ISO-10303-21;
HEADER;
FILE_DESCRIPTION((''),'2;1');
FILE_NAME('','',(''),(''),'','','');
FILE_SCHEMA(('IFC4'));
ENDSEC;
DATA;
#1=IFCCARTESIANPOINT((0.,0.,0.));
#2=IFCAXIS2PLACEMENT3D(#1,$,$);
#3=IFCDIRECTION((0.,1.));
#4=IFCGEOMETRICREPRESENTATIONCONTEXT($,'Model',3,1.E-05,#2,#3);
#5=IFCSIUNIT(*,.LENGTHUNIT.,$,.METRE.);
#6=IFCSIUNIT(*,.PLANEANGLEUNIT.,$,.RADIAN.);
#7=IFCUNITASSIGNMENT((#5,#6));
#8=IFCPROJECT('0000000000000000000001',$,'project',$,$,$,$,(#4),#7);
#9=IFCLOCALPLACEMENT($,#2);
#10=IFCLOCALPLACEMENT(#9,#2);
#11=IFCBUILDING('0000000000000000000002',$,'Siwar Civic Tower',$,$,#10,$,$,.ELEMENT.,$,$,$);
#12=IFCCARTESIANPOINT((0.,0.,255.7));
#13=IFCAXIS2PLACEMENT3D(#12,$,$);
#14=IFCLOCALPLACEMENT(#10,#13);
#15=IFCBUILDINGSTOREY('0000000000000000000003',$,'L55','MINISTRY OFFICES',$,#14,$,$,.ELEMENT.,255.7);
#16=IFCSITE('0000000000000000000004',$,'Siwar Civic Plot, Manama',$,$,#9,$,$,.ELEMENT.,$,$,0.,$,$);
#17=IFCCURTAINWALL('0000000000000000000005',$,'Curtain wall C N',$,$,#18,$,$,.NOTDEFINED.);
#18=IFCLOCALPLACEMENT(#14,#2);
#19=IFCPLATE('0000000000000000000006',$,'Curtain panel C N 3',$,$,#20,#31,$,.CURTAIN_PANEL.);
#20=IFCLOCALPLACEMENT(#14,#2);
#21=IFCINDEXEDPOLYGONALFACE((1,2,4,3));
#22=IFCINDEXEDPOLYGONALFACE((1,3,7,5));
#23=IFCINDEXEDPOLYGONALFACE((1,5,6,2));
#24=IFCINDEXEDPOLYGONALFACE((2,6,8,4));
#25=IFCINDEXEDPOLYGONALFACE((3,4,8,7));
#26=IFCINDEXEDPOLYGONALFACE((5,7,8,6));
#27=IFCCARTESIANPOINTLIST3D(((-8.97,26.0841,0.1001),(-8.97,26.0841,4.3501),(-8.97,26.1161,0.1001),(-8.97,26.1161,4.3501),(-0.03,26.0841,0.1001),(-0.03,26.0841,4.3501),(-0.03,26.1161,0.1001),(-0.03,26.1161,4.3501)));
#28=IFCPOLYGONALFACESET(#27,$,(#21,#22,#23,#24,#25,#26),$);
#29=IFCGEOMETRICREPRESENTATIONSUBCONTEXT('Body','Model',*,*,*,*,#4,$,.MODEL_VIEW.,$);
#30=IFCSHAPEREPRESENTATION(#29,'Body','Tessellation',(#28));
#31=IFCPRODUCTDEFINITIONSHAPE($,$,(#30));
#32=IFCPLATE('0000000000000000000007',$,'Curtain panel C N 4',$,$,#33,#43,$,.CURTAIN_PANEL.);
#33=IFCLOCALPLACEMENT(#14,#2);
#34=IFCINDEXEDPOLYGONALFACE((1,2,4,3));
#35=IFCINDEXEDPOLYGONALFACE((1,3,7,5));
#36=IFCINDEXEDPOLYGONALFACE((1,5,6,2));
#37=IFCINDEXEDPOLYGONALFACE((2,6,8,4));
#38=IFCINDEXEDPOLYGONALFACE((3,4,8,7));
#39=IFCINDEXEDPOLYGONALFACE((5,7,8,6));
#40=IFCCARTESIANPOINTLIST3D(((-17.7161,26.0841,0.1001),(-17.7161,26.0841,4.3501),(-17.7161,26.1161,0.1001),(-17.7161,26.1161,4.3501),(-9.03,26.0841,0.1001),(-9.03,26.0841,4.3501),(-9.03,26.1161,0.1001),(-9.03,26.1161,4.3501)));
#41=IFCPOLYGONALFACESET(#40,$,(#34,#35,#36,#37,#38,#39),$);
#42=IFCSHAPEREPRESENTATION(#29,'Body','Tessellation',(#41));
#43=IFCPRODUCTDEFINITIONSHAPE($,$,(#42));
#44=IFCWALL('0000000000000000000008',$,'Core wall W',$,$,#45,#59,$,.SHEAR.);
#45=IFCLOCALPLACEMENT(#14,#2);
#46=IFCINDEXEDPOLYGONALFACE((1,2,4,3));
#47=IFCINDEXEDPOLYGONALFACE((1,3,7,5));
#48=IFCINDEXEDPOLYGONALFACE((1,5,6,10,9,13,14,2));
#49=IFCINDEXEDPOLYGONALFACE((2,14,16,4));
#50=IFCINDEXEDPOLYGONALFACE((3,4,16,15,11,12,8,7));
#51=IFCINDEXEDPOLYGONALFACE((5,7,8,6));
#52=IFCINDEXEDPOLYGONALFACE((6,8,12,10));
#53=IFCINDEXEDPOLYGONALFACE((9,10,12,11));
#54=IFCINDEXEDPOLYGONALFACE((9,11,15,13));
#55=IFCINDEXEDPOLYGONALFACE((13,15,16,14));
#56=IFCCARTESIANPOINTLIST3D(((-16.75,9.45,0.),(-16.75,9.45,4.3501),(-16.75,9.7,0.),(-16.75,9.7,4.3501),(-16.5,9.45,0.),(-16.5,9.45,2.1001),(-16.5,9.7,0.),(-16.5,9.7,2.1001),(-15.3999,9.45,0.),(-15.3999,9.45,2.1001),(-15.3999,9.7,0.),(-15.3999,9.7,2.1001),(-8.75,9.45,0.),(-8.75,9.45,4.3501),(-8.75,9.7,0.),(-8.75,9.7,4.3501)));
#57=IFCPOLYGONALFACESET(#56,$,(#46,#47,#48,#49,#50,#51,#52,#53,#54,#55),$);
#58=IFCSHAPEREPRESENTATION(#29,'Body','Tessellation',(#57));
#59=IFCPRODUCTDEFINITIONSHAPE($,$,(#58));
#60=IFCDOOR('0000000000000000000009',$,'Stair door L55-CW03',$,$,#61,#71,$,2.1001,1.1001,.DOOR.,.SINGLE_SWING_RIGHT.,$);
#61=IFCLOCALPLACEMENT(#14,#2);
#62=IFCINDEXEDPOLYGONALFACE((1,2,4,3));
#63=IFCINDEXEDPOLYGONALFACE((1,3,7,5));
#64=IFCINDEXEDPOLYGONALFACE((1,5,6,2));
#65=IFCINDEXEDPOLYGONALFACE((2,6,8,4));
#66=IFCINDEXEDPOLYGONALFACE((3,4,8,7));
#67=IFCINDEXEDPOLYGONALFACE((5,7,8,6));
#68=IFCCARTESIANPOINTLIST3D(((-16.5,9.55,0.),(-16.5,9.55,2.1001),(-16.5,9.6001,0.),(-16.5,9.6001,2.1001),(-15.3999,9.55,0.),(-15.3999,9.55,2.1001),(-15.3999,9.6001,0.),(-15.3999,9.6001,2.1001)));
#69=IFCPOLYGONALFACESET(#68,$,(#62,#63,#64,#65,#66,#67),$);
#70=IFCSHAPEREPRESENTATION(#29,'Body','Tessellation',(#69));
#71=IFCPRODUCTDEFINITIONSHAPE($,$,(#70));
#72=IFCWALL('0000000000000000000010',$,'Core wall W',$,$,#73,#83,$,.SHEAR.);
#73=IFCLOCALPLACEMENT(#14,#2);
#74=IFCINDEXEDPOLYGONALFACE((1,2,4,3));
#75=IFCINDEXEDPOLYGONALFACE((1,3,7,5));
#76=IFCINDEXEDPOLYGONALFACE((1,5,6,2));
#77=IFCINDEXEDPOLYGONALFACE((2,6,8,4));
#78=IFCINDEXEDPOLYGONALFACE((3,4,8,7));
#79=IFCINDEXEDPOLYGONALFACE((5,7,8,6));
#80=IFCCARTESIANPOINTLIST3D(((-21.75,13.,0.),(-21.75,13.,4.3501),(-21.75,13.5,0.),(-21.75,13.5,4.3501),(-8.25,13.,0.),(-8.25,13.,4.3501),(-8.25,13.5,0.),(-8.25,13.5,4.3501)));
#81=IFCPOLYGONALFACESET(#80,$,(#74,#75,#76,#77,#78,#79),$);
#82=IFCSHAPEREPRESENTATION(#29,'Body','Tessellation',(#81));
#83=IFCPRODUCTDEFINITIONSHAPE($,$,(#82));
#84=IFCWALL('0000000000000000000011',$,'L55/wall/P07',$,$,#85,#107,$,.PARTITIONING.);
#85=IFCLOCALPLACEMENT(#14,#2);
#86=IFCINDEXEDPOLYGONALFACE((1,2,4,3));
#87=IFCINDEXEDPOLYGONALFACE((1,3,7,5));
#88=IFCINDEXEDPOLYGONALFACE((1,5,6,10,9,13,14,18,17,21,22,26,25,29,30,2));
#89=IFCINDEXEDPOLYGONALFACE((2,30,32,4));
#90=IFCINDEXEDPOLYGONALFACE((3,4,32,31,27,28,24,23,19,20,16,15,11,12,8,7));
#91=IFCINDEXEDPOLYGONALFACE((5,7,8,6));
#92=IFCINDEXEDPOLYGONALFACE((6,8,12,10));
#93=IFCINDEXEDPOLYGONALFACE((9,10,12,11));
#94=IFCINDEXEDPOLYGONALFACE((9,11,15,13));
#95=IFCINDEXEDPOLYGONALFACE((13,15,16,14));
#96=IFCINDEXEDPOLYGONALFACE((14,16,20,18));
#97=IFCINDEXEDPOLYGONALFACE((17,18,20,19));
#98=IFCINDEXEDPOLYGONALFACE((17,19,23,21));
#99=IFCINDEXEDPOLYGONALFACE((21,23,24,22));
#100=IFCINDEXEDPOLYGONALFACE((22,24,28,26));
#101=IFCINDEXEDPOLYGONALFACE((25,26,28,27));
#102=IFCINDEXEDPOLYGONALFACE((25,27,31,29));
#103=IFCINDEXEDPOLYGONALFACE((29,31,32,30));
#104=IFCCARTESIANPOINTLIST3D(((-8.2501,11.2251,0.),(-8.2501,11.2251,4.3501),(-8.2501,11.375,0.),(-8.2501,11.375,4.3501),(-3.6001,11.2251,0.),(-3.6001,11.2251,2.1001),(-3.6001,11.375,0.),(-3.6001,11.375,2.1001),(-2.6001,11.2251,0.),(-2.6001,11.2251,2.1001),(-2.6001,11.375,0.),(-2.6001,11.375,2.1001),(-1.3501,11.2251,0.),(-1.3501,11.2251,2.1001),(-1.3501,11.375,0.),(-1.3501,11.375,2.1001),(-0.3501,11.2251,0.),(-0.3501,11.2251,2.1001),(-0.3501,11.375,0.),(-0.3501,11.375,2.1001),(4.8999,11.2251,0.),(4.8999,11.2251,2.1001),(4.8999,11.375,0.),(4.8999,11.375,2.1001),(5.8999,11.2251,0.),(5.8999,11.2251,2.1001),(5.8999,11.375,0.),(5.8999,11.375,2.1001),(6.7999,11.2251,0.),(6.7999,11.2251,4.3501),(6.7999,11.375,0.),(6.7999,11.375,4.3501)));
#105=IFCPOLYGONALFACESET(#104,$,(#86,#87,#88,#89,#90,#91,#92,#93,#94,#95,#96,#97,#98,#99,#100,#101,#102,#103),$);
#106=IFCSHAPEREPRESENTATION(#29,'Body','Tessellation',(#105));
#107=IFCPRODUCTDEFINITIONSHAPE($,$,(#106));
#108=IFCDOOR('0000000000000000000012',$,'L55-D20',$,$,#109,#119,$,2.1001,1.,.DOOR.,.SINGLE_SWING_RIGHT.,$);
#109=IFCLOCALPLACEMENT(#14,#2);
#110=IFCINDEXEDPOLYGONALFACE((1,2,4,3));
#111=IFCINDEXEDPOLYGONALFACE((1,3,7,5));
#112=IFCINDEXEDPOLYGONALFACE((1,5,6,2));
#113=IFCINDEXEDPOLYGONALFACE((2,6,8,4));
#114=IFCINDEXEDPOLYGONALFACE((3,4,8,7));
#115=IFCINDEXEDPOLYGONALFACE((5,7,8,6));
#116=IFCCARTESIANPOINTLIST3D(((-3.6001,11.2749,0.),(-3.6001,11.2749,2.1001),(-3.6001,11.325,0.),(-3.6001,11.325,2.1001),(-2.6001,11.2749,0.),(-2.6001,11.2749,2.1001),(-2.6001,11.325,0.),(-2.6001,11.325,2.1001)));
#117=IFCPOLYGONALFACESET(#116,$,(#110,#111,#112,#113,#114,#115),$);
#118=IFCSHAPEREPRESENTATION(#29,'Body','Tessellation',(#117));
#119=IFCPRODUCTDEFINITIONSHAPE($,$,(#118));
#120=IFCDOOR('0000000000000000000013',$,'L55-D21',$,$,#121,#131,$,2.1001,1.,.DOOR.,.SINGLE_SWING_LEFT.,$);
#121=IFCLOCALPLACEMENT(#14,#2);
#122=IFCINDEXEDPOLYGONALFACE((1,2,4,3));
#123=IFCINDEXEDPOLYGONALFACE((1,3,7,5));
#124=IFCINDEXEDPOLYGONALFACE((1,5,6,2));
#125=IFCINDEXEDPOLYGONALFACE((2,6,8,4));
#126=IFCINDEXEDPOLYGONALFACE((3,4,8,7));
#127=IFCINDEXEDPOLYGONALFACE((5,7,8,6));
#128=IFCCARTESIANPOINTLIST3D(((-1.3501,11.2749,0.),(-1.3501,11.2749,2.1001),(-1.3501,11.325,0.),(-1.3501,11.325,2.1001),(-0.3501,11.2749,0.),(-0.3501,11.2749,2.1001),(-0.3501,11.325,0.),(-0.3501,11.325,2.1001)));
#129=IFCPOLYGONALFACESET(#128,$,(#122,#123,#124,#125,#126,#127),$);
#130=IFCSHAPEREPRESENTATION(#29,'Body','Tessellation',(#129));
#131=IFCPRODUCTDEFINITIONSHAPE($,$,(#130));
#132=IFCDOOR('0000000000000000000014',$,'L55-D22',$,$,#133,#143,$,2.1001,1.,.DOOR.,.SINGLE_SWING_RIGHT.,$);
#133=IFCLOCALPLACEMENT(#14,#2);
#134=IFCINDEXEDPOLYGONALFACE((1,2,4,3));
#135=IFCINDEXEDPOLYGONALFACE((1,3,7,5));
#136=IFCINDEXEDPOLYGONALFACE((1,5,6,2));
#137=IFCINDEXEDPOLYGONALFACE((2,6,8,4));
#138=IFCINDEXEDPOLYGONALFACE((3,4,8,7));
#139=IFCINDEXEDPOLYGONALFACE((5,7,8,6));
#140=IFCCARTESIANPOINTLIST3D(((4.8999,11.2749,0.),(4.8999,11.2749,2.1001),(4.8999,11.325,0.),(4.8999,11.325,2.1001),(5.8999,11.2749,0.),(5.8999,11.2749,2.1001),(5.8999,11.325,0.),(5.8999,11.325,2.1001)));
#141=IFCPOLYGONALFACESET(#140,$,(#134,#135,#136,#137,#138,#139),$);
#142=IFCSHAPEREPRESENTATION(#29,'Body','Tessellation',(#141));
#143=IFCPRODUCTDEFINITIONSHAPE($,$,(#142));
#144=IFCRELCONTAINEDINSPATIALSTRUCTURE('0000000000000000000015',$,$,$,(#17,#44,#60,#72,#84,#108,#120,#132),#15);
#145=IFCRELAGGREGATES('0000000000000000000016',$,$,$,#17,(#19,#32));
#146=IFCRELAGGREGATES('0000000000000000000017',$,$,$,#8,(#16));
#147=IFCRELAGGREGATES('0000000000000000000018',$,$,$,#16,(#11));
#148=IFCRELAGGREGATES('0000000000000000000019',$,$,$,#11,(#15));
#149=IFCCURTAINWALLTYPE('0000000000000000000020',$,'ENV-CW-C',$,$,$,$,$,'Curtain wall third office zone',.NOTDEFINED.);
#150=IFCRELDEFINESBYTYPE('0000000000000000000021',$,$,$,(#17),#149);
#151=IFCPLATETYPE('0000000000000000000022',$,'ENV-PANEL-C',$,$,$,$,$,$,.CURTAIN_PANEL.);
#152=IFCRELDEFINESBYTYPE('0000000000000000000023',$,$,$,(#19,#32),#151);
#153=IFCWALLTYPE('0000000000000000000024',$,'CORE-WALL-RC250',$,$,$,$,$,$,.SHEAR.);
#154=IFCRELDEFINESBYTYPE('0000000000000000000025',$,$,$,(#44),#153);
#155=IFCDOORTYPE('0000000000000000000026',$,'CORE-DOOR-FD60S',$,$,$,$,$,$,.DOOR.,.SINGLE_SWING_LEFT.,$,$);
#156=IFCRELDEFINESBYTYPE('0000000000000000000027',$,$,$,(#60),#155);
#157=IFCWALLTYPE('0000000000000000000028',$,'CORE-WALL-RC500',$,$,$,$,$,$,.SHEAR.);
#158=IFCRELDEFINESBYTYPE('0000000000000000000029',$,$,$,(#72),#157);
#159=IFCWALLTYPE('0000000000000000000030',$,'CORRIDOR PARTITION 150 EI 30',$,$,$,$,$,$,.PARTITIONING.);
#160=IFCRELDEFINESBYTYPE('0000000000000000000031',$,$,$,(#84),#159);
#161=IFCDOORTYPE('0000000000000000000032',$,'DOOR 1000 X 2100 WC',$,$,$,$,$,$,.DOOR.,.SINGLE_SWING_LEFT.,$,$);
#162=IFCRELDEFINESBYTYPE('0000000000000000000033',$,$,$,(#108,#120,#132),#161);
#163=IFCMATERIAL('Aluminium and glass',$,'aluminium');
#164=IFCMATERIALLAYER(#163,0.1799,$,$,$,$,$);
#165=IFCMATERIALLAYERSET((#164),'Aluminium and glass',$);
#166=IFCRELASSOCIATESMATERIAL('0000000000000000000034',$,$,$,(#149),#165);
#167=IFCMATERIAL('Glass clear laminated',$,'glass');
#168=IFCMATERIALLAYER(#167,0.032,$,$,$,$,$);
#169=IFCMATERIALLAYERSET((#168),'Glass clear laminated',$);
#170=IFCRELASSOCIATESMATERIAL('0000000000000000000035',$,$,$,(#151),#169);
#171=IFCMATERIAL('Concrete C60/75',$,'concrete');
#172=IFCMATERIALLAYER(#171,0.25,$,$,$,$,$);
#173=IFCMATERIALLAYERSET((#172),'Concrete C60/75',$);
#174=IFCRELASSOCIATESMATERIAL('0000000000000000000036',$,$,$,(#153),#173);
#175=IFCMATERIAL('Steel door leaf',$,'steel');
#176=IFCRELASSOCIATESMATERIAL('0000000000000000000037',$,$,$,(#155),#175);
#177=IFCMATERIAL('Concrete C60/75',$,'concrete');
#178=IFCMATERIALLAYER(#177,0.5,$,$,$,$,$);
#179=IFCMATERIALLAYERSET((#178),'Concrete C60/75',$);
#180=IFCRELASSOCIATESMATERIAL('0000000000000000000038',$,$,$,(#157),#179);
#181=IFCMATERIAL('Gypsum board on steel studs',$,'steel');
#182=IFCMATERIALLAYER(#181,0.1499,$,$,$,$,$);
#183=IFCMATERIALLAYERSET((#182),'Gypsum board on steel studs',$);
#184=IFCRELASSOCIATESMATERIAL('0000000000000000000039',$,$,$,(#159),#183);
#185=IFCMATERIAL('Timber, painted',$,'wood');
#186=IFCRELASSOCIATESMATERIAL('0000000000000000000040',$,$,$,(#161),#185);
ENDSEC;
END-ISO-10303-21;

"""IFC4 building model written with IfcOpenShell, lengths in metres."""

from ifc_helpers import new_model, si_unit, direction, frame, frame_2d, origin, origin_2d, place, context, subcontext, project, spatial, rectangle, extrude, material, layer, layer_set, type_object, element, fill, aggregate, save


model = new_model("IFC4")

# Units and contexts
model_context = context("Model", 3, precision=1e-05, world=origin(), true_north=direction((0.0, 1.0)))
body_context = subcontext(model_context, "Body", "Model", "MODEL_VIEW")
ifc_project = project(units=[si_unit("LENGTHUNIT", "METRE"), si_unit("PLANEANGLEUNIT", "RADIAN")], contexts=[model_context])

# Site, building, storey
site_placement = place(None, origin())
site = spatial("IfcSite", under=ifc_project, at=site_placement, Name="Siwar Civic Plot, Manama", CompositionType="ELEMENT", RefElevation=0.0)
building_placement = place(site_placement, origin())
building = spatial("IfcBuilding", under=site, at=building_placement, Name="Siwar Civic Tower", CompositionType="ELEMENT")
storey_placement = place(building_placement, frame((0.0, 0.0, 255.7)))
storey = spatial("IfcBuildingStorey", under=building, at=storey_placement, Name="L55", Description="MINISTRY OFFICES", CompositionType="ELEMENT", Elevation=255.7)

# Curtain wall
ifc_material_1 = material(Name="Aluminium and glass", Category="aluminium")
ifc_layer_1 = layer(ifc_material_1, 0.1799)
ifc_layer_set_1 = layer_set([ifc_layer_1], Name="Aluminium and glass")
curtain_wall_type_1 = type_object("IfcCurtainWallType", Name="ENV-CW-C", ElementType="Curtain wall third office zone", PredefinedType="NOTDEFINED", material=ifc_layer_set_1)
curtain_wall_1_placement = place(storey_placement, origin())
curtain_wall_1 = element("IfcCurtainWall", 1, at=curtain_wall_1_placement, inside=storey, type_object=curtain_wall_type_1, Name="Curtain wall C N", PredefinedType="NOTDEFINED")

# Plates
ifc_material_2 = material(Name="Glass clear laminated", Category="glass")
ifc_layer_2 = layer(ifc_material_2, 0.032)
ifc_layer_set_2 = layer_set([ifc_layer_2], Name="Glass clear laminated")
plate_type = type_object("IfcPlateType", Name="ENV-PANEL-C", PredefinedType="CURTAIN_PANEL", material=ifc_layer_set_2)
plate_1_placement = place(storey_placement, frame((-4.5, 26.1001, 0.1001), z_axis=(0.0, 0.0, 1.0), x_axis=(-1.0, 0.0, 0.0)))
plate_1 = element("IfcPlate", 2, at=plate_1_placement, type_object=plate_type, Name="Curtain panel C N 3", PredefinedType="CURTAIN_PANEL", context=body_context, shape_type="SweptSolid", body=[
    extrude(rectangle(XDim=8.9399, YDim=0.032, at=origin_2d()), origin(), (0.0, 0.0, 1.0), 4.25),
])
plate_2_placement = place(storey_placement, frame((-13.373, 26.1001, 0.1001), z_axis=(0.0, 0.0, 1.0), x_axis=(-1.0, 0.0, 0.0)))
plate_2 = element("IfcPlate", 3, at=plate_2_placement, type_object=plate_type, Name="Curtain panel C N 4", PredefinedType="CURTAIN_PANEL", context=body_context, shape_type="SweptSolid", body=[
    extrude(rectangle(XDim=8.686, YDim=0.032, at=origin_2d()), origin(), (0.0, 0.0, 1.0), 4.25),
])
aggregate(curtain_wall_1, [plate_1, plate_2])

# Wall, opening, door
ifc_material_3 = material(Name="Concrete C60/75", Category="concrete")
ifc_layer_3 = layer(ifc_material_3, 0.25)
ifc_layer_set_3 = layer_set([ifc_layer_3], Name="Concrete C60/75")
wall_type_1 = type_object("IfcWallType", Name="CORE-WALL-RC250", PredefinedType="SHEAR", material=ifc_layer_set_3)
wall_1_placement = place(storey_placement, frame((-8.75, 9.575, 0.0), z_axis=(0.0, 0.0, 1.0), x_axis=(-1.0, 0.0, 0.0)))
wall_1 = element("IfcWall", 4, at=wall_1_placement, inside=storey, type_object=wall_type_1, Name="Core wall W", PredefinedType="SHEAR", context=body_context, shape_type="SweptSolid", body=[
    extrude(rectangle(XDim=8.0, YDim=0.25, at=frame_2d((4.0, 0.0))), origin(), (0.0, 0.0, 1.0), 4.3501),
])
opening_1_placement = place(wall_1_placement, frame((6.6499, 0.0, 0.0)))
opening_1 = element("IfcOpeningElement", 5, at=opening_1_placement, cuts=wall_1, PredefinedType="OPENING", context=body_context, shape_type="SweptSolid", body=[
    extrude(rectangle(XDim=1.1001, YDim=2.1001, at=frame_2d((0.55, 1.05))), frame((0.0, 0.135, 0.0), z_axis=(0.0, -1.0, 0.0), x_axis=(1.0, 0.0, 0.0)), (0.0, 0.0, 1.0), 0.27),
])
ifc_material_4 = material(Name="Steel door leaf", Category="steel")
door_type_1 = type_object("IfcDoorType", Name="CORE-DOOR-FD60S", OperationType="SINGLE_SWING_LEFT", PredefinedType="DOOR", material=ifc_material_4)
door_1_placement = place(opening_1_placement, origin())
door_1 = element("IfcDoor", 6, at=door_1_placement, inside=storey, type_object=door_type_1, Name="Stair door L55-CW03", OperationType="SINGLE_SWING_RIGHT", OverallHeight=2.1001, OverallWidth=1.1001, PredefinedType="DOOR", context=body_context, shape_type="SweptSolid", body=[
    extrude(rectangle(XDim=1.1001, YDim=2.1001, at=frame_2d((0.55, 1.05))), frame((0.0, 0.0249, 0.0), z_axis=(0.0, -1.0, 0.0), x_axis=(1.0, 0.0, 0.0)), (0.0, 0.0, 1.0), 0.05),
])
fill(opening_1, door_1)

# Wall
ifc_material_5 = material(Name="Concrete C60/75", Category="concrete")
ifc_layer_4 = layer(ifc_material_5, 0.5)
ifc_layer_set_4 = layer_set([ifc_layer_4], Name="Concrete C60/75")
wall_type_2 = type_object("IfcWallType", Name="CORE-WALL-RC500", PredefinedType="SHEAR", material=ifc_layer_set_4)
wall_2_placement = place(storey_placement, frame((-8.25, 13.25, 0.0), z_axis=(0.0, 0.0, 1.0), x_axis=(-1.0, 0.0, 0.0)))
element("IfcWall", 7, at=wall_2_placement, inside=storey, type_object=wall_type_2, Name="Core wall W", PredefinedType="SHEAR", context=body_context, shape_type="SweptSolid", body=[
    extrude(rectangle(XDim=13.5, YDim=0.5, at=frame_2d((6.75, 0.0))), origin(), (0.0, 0.0, 1.0), 4.3501),
])

# Wall, openings, doors
ifc_material_6 = material(Name="Gypsum board on steel studs", Category="steel")
ifc_layer_5 = layer(ifc_material_6, 0.1499)
ifc_layer_set_5 = layer_set([ifc_layer_5], Name="Gypsum board on steel studs")
wall_type_3 = type_object("IfcWallType", Name="CORRIDOR PARTITION 150 EI 30", PredefinedType="PARTITIONING", material=ifc_layer_set_5)
wall_3_placement = place(storey_placement, frame((-8.25, 11.3, 0.0), z_axis=(0.0, 0.0, 1.0), x_axis=(1.0, 0.0, 0.0)))
wall_3 = element("IfcWall", 8, at=wall_3_placement, inside=storey, type_object=wall_type_3, Name="L55/wall/P07", PredefinedType="PARTITIONING", context=body_context, shape_type="SweptSolid", body=[
    extrude(rectangle(XDim=15.05, YDim=0.1499, at=frame_2d((7.5249, 0.0))), origin(), (0.0, 0.0, 1.0), 4.3501),
])
opening_2_placement = place(wall_3_placement, frame((4.6499, 0.0, 0.0)))
opening_2 = element("IfcOpeningElement", 9, at=opening_2_placement, cuts=wall_3, PredefinedType="OPENING", context=body_context, shape_type="SweptSolid", body=[
    extrude(rectangle(XDim=1.0, YDim=2.1001, at=frame_2d((0.5, 1.05))), frame((0.0, 0.085, 0.0), z_axis=(0.0, -1.0, 0.0), x_axis=(1.0, 0.0, 0.0)), (0.0, 0.0, 1.0), 0.1699),
])
opening_3_placement = place(wall_3_placement, frame((6.8999, 0.0, 0.0)))
opening_3 = element("IfcOpeningElement", 10, at=opening_3_placement, cuts=wall_3, PredefinedType="OPENING", context=body_context, shape_type="SweptSolid", body=[
    extrude(rectangle(XDim=1.0, YDim=2.1001, at=frame_2d((0.5, 1.05))), frame((0.0, 0.085, 0.0), z_axis=(0.0, -1.0, 0.0), x_axis=(1.0, 0.0, 0.0)), (0.0, 0.0, 1.0), 0.1699),
])
opening_4_placement = place(wall_3_placement, frame((13.1499, 0.0, 0.0)))
opening_4 = element("IfcOpeningElement", 11, at=opening_4_placement, cuts=wall_3, PredefinedType="OPENING", context=body_context, shape_type="SweptSolid", body=[
    extrude(rectangle(XDim=1.0, YDim=2.1001, at=frame_2d((0.5, 1.05))), frame((0.0, 0.085, 0.0), z_axis=(0.0, -1.0, 0.0), x_axis=(1.0, 0.0, 0.0)), (0.0, 0.0, 1.0), 0.1699),
])
ifc_material_7 = material(Name="Timber, painted", Category="wood")
door_type_2 = type_object("IfcDoorType", Name="DOOR 1000 X 2100 WC", OperationType="SINGLE_SWING_LEFT", PredefinedType="DOOR", material=ifc_material_7)
door_2_placement = place(opening_2_placement, origin())
door_2 = element("IfcDoor", 12, at=door_2_placement, inside=storey, type_object=door_type_2, Name="L55-D20", OperationType="SINGLE_SWING_RIGHT", OverallHeight=2.1001, OverallWidth=1.0, PredefinedType="DOOR", context=body_context, shape_type="SweptSolid", body=[
    extrude(rectangle(XDim=1.0, YDim=2.1001, at=frame_2d((0.5, 1.05))), frame((0.0, 0.0249, 0.0), z_axis=(0.0, -1.0, 0.0), x_axis=(1.0, 0.0, 0.0)), (0.0, 0.0, 1.0), 0.05),
])
fill(opening_2, door_2)
door_3_placement = place(opening_3_placement, origin())
door_3 = element("IfcDoor", 13, at=door_3_placement, inside=storey, type_object=door_type_2, Name="L55-D21", OperationType="SINGLE_SWING_LEFT", OverallHeight=2.1001, OverallWidth=1.0, PredefinedType="DOOR", context=body_context, shape_type="SweptSolid", body=[
    extrude(rectangle(XDim=1.0, YDim=2.1001, at=frame_2d((0.5, 1.05))), frame((0.0, 0.0249, 0.0), z_axis=(0.0, -1.0, 0.0), x_axis=(1.0, 0.0, 0.0)), (0.0, 0.0, 1.0), 0.05),
])
fill(opening_3, door_3)
door_4_placement = place(opening_4_placement, origin())
door_4 = element("IfcDoor", 14, at=door_4_placement, inside=storey, type_object=door_type_2, Name="L55-D22", OperationType="SINGLE_SWING_RIGHT", OverallHeight=2.1001, OverallWidth=1.0, PredefinedType="DOOR", context=body_context, shape_type="SweptSolid", body=[
    extrude(rectangle(XDim=1.0, YDim=2.1001, at=frame_2d((0.5, 1.05))), frame((0.0, 0.0249, 0.0), z_axis=(0.0, -1.0, 0.0), x_axis=(1.0, 0.0, 0.0)), (0.0, 0.0, 1.0), 0.05),
])
fill(opening_4, door_4)

save(model, "model.ifc")
